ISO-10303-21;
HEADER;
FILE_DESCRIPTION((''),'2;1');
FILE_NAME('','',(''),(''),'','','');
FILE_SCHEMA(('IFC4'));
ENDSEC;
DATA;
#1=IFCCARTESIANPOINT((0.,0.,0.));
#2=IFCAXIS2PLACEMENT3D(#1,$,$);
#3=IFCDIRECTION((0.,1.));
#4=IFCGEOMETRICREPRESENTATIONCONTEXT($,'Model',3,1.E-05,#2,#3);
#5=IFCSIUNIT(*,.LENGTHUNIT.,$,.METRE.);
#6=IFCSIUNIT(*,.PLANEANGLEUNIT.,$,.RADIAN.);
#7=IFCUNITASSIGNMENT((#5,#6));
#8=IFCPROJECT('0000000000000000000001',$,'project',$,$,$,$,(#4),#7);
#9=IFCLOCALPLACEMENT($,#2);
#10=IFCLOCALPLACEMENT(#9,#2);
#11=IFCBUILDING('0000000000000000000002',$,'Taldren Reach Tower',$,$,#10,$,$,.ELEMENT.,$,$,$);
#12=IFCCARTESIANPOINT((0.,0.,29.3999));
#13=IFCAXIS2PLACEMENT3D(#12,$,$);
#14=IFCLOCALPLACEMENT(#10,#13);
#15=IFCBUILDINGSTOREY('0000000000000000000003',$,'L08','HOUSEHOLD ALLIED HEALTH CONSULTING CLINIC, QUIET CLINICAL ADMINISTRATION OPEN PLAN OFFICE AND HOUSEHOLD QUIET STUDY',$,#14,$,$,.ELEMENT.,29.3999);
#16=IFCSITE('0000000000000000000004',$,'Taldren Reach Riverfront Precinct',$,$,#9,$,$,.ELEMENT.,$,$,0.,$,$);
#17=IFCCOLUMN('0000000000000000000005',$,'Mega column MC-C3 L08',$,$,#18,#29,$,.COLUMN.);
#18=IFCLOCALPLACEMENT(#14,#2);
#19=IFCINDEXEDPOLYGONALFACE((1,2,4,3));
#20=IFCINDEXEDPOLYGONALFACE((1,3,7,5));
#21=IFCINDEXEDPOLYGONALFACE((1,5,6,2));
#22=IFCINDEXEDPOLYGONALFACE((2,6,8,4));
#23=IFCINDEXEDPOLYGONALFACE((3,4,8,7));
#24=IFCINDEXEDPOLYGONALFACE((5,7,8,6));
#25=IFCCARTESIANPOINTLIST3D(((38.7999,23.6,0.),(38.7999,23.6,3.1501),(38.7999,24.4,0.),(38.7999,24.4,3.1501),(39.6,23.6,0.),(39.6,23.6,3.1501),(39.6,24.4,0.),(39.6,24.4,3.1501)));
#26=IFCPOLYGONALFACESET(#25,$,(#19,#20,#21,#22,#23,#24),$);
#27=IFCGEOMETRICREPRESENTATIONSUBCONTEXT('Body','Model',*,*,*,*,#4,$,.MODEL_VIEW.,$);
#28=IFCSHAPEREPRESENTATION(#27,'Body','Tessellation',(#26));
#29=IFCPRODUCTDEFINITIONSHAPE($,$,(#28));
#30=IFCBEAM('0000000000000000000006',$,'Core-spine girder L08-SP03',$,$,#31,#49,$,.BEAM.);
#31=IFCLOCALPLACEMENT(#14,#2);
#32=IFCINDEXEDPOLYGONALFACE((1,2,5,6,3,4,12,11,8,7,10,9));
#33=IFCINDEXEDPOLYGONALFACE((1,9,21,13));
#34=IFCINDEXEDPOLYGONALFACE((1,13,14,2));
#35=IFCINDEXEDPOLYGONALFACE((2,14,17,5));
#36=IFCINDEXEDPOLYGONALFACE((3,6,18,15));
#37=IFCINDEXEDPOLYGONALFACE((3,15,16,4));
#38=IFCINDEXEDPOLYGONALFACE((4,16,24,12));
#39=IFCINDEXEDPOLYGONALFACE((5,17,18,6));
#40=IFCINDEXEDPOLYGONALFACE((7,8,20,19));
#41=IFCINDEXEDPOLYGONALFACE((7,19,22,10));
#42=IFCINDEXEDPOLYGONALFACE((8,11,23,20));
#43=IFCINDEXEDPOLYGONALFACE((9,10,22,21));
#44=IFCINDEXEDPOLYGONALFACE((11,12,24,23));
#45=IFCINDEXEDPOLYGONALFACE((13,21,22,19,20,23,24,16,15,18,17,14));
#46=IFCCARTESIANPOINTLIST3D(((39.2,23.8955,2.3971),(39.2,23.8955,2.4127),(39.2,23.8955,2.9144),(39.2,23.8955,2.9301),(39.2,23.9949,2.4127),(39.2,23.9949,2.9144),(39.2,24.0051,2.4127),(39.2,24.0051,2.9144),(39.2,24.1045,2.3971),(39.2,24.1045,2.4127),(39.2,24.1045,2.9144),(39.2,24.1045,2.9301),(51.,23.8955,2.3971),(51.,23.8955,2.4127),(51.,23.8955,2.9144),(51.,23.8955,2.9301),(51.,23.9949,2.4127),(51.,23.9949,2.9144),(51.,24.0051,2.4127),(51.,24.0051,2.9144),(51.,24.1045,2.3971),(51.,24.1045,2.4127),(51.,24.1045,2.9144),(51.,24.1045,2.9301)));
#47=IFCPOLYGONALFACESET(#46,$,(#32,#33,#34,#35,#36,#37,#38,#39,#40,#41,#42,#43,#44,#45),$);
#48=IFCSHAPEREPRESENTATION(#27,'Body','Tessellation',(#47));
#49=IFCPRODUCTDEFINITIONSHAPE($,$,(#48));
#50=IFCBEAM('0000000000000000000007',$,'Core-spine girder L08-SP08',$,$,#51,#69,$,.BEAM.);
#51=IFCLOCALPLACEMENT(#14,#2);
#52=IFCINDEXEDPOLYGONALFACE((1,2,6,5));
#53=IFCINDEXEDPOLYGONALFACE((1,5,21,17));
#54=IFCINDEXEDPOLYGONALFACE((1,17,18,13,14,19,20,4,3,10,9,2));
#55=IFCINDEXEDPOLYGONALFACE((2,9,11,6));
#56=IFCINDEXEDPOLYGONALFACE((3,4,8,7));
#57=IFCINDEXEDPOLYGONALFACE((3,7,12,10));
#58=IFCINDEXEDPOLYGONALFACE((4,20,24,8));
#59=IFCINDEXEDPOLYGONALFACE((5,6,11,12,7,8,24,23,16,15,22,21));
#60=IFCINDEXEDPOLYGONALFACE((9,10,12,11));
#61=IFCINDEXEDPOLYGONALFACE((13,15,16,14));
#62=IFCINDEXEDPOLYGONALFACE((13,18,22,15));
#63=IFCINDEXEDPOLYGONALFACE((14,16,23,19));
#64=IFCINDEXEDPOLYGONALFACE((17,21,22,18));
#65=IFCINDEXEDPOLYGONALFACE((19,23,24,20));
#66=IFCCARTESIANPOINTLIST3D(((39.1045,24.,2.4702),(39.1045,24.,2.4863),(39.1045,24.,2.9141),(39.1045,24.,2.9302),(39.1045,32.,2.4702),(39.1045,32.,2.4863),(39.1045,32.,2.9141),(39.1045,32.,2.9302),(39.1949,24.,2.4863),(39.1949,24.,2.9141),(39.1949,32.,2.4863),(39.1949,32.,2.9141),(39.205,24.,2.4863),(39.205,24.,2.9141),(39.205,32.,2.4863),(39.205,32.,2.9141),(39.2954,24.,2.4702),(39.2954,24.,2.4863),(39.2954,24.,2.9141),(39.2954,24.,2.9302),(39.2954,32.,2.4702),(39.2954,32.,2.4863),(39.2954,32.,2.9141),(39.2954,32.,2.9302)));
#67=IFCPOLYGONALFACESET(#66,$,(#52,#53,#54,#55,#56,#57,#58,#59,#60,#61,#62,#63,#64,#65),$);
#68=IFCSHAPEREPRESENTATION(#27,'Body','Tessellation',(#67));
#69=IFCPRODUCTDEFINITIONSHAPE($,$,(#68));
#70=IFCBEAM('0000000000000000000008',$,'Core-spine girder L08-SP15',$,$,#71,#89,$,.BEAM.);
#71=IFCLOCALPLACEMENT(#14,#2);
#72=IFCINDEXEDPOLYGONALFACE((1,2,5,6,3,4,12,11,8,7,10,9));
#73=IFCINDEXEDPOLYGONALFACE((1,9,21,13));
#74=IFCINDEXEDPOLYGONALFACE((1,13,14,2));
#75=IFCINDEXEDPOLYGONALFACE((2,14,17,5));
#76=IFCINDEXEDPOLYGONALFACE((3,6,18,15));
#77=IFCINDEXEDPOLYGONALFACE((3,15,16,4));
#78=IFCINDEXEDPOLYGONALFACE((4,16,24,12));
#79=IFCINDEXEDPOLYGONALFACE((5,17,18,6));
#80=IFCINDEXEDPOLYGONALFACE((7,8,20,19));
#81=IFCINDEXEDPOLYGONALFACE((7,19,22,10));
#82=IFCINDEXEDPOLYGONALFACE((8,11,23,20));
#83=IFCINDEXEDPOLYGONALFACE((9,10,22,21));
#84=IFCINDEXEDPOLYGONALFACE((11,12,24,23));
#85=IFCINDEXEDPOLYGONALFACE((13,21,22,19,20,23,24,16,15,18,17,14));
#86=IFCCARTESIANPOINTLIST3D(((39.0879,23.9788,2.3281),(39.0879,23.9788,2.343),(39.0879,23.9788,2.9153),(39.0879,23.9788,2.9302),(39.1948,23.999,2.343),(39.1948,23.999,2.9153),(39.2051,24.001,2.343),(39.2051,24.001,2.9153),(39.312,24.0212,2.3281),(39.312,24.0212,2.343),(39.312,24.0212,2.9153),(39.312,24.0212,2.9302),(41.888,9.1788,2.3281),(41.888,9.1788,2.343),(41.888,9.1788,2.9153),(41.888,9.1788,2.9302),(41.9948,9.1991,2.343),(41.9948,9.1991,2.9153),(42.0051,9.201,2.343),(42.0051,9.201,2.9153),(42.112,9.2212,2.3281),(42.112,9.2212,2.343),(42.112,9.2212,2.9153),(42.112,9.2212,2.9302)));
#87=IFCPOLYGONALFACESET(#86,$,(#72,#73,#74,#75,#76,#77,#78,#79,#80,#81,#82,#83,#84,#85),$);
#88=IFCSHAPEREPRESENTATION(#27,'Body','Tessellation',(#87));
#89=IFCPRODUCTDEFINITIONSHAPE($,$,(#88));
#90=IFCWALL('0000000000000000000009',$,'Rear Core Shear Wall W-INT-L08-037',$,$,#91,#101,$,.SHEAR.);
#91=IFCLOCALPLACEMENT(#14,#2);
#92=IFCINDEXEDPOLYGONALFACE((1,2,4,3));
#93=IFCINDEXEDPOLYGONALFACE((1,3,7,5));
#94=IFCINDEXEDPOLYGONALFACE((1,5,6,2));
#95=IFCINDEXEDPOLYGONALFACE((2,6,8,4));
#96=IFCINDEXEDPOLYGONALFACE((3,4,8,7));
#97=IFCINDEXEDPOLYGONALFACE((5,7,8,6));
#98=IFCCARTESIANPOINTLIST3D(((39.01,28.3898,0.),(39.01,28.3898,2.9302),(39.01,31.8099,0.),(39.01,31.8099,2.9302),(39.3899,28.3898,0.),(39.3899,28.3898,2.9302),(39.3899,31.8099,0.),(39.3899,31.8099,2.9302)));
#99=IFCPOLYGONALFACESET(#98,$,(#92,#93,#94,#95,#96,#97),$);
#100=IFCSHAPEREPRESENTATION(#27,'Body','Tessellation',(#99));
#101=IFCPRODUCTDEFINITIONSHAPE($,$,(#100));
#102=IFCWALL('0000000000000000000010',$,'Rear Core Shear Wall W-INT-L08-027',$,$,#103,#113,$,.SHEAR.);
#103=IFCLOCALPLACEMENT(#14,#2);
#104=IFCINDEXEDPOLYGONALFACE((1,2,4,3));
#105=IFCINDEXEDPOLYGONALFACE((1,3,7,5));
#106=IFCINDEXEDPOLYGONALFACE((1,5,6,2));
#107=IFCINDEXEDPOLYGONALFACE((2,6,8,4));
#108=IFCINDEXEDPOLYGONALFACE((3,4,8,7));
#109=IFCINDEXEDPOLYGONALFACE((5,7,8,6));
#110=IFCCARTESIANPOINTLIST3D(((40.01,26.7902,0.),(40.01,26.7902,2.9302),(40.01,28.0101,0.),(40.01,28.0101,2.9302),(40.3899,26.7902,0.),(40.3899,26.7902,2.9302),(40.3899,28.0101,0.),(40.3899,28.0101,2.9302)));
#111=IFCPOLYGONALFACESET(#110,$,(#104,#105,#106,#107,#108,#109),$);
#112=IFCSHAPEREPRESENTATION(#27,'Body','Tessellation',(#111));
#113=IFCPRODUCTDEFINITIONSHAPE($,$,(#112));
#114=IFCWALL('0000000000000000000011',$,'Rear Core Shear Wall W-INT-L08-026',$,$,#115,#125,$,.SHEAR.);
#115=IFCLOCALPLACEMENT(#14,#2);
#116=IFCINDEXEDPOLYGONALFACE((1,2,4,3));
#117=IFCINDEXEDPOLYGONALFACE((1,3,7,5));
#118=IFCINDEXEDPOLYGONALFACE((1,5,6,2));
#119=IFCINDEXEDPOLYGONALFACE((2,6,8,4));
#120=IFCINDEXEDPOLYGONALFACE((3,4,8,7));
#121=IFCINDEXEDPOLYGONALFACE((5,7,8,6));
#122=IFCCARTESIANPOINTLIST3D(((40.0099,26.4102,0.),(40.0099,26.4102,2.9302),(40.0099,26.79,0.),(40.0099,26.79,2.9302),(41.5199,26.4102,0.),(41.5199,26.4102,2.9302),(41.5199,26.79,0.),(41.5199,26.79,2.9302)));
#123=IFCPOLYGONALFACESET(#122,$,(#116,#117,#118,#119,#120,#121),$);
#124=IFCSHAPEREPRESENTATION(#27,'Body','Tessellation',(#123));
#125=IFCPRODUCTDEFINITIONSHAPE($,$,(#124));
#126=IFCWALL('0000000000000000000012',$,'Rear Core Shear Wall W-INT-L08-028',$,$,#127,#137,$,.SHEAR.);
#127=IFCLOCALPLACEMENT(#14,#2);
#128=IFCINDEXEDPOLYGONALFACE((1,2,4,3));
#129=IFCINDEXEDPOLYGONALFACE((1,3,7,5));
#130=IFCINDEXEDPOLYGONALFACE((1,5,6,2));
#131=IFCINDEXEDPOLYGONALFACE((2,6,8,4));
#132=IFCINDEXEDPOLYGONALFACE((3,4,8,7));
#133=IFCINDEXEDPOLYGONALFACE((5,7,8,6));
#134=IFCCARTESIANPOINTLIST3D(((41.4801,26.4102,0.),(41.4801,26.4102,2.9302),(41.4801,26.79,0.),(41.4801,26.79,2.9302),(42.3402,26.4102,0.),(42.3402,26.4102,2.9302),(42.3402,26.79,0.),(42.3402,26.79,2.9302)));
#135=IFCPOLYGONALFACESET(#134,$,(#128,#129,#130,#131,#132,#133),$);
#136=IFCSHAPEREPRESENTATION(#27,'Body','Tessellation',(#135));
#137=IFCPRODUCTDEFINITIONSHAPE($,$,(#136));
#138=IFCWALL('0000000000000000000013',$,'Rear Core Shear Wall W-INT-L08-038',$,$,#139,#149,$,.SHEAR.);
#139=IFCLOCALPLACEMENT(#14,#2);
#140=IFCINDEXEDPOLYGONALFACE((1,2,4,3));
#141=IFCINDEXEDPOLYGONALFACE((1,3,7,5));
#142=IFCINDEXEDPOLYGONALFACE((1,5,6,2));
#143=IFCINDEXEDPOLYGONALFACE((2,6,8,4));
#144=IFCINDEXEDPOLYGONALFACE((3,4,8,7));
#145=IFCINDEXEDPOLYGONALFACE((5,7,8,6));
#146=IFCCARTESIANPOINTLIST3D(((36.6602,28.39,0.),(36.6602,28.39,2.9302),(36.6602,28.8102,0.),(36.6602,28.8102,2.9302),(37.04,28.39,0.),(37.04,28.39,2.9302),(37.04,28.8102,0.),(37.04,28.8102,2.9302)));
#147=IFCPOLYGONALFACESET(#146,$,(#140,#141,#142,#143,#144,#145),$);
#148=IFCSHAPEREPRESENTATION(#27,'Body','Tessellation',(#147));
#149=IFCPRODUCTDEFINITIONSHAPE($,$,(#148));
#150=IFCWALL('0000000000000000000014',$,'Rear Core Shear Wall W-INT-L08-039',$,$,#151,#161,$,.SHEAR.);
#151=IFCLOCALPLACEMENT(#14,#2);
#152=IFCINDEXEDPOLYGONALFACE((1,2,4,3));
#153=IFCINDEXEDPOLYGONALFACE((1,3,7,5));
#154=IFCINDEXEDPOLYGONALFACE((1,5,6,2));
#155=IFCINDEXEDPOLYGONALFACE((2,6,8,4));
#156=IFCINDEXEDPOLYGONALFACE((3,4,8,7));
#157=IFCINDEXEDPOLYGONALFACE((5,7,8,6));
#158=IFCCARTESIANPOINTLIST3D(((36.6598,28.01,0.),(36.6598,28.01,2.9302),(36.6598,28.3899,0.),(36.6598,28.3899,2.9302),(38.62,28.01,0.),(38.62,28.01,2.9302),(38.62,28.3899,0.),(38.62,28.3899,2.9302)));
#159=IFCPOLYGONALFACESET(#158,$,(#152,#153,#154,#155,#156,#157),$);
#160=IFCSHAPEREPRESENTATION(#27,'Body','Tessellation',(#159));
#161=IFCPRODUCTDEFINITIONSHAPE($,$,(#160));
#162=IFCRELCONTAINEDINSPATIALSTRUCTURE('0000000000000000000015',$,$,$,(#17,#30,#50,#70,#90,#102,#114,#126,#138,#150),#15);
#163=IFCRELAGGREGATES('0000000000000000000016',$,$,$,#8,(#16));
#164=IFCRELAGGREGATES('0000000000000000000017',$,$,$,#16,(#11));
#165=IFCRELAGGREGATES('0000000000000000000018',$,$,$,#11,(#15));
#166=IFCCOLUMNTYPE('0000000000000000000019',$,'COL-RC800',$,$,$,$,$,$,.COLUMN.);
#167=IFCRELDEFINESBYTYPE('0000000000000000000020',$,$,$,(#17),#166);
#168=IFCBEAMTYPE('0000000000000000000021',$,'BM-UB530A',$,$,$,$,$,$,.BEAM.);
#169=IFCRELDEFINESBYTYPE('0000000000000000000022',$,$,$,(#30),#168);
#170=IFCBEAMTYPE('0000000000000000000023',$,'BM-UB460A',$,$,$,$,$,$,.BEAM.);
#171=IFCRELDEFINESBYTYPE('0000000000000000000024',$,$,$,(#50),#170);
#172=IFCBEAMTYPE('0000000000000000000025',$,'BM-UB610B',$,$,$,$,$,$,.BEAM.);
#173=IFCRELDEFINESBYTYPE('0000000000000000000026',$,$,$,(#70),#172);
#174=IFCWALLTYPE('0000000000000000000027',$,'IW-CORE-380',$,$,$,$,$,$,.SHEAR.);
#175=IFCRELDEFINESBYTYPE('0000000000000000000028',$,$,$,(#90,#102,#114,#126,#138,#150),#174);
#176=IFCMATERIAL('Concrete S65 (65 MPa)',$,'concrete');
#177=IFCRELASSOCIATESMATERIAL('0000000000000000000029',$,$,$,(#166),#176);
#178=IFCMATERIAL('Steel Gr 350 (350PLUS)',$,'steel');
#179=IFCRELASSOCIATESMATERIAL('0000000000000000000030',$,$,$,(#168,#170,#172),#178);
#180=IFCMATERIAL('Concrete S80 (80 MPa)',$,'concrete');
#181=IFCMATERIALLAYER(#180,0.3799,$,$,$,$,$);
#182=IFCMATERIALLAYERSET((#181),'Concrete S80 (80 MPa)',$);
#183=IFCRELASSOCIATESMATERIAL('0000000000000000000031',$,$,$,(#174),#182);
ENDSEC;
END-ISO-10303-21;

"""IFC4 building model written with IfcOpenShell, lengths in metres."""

from ifc_helpers import new_model, si_unit, direction, frame, frame_2d, origin, origin_2d, place, context, subcontext, project, spatial, rectangle, i_section, extrude, source, transform, mapped, material, layer, layer_set, material_profile, profile_set, type_object, element, save


model = new_model("IFC4")

# Units and contexts
model_context = context("Model", 3, precision=1e-05, world=origin(), true_north=direction((0.0, 1.0)))
body_context = subcontext(model_context, "Body", "Model", "MODEL_VIEW")
ifc_project = project(units=[si_unit("LENGTHUNIT", "METRE"), si_unit("PLANEANGLEUNIT", "RADIAN")], contexts=[model_context])

# Site, building, storey
site_placement = place(None, origin())
site = spatial("IfcSite", under=ifc_project, at=site_placement, Name="Taldren Reach Riverfront Precinct", CompositionType="ELEMENT", RefElevation=0.0)
building_placement = place(site_placement, origin())
building = spatial("IfcBuilding", under=site, at=building_placement, Name="Taldren Reach Tower", CompositionType="ELEMENT")
storey_placement = place(building_placement, frame((0.0, 0.0, 29.3999)))
storey = spatial("IfcBuildingStorey", under=building, at=storey_placement, Name="L08", Description="HOUSEHOLD ALLIED HEALTH CONSULTING CLINIC, QUIET CLINICAL ADMINISTRATION OPEN PLAN OFFICE AND HOUSEHOLD QUIET STUDY", CompositionType="ELEMENT", Elevation=29.3999)

# Column
ifc_material_1 = material(Name="Concrete S65 (65 MPa)", Category="concrete")
ifc_material_profile_1 = material_profile(ifc_material_1, rectangle(XDim=0.8, YDim=0.8, at=origin_2d()), Name="RC-800x800")
ifc_profile_set_1 = profile_set([ifc_material_profile_1], Name="Concrete S65 (65 MPa)")
column_type = type_object("IfcColumnType", Name="COL-RC800", PredefinedType="COLUMN", material=ifc_profile_set_1)
shared_shape_1 = source(origin(), body_context, "Body", "SweptSolid", [
    extrude(rectangle(XDim=0.8, YDim=0.8, at=origin_2d()), origin(), (0.0, 0.0, 1.0), 3.1501),
])
column_placement = place(storey_placement, frame((39.2, 24.0, 0.0), z_axis=(0.0, 0.0, 1.0), x_axis=(1.0, 0.0, 0.0)))
element("IfcColumn", 1, at=column_placement, inside=storey, type_object=column_type, Name="Mega column MC-C3 L08", PredefinedType="COLUMN", context=body_context, shape_type="MappedRepresentation", body=[
    mapped(shared_shape_1, transform((0.0, 0.0, 0.0), scale=1.0)),
])

# Beams
ifc_material_2 = material(Name="Steel Gr 350 (350PLUS)", Category="steel")
ifc_material_profile_2 = material_profile(ifc_material_2, i_section(OverallWidth=0.209, OverallDepth=0.533, WebThickness=0.0103, FlangeThickness=0.0156, at=origin_2d()), Name="530UB92.4")
ifc_profile_set_2 = profile_set([ifc_material_profile_2], Name="Steel Gr 350 (350PLUS)")
beam_type_1 = type_object("IfcBeamType", Name="BM-UB530A", PredefinedType="BEAM", material=ifc_profile_set_2)
shared_shape_2 = source(origin(), body_context, "Body", "SweptSolid", [
    extrude(i_section(OverallWidth=0.209, OverallDepth=0.533, WebThickness=0.0103, FlangeThickness=0.0156, at=origin_2d()), origin(), (0.0, 0.0, 1.0), 11.8),
])
beam_1_placement = place(storey_placement, frame((39.2, 24.0, 2.6636), z_axis=(1.0, 0.0, 0.0), x_axis=(0.0, 1.0, 0.0)))
element("IfcBeam", 2, at=beam_1_placement, inside=storey, type_object=beam_type_1, Name="Core-spine girder L08-SP03", PredefinedType="BEAM", context=body_context, shape_type="MappedRepresentation", body=[
    mapped(shared_shape_2, transform((0.0, 0.0, 0.0), scale=1.0)),
])
ifc_material_profile_3 = material_profile(ifc_material_2, i_section(OverallWidth=0.1909, OverallDepth=0.46, WebThickness=0.01, FlangeThickness=0.0161, at=origin_2d()), Name="460UB82.1")
ifc_profile_set_3 = profile_set([ifc_material_profile_3], Name="Steel Gr 350 (350PLUS)")
beam_type_2 = type_object("IfcBeamType", Name="BM-UB460A", PredefinedType="BEAM", material=ifc_profile_set_3)
shared_shape_3 = source(origin(), body_context, "Body", "SweptSolid", [
    extrude(i_section(OverallWidth=0.1909, OverallDepth=0.46, WebThickness=0.01, FlangeThickness=0.0161, at=origin_2d()), origin(), (0.0, 0.0, 1.0), 8.0),
])
beam_2_placement = place(storey_placement, frame((39.2, 24.0, 2.7002), z_axis=(0.0, 1.0, 0.0), x_axis=(-1.0, 0.0, 0.0)))
element("IfcBeam", 3, at=beam_2_placement, inside=storey, type_object=beam_type_2, Name="Core-spine girder L08-SP08", PredefinedType="BEAM", context=body_context, shape_type="MappedRepresentation", body=[
    mapped(shared_shape_3, transform((0.0, 0.0, 0.0), scale=1.0)),
])
ifc_material_profile_4 = material_profile(ifc_material_2, i_section(OverallWidth=0.228, OverallDepth=0.6021, WebThickness=0.0105, FlangeThickness=0.0149, at=origin_2d()), Name="610UB101")
ifc_profile_set_4 = profile_set([ifc_material_profile_4], Name="Steel Gr 350 (350PLUS)")
beam_type_3 = type_object("IfcBeamType", Name="BM-UB610B", PredefinedType="BEAM", material=ifc_profile_set_4)
shared_shape_4 = source(origin(), body_context, "Body", "SweptSolid", [
    extrude(i_section(OverallWidth=0.228, OverallDepth=0.6021, WebThickness=0.0105, FlangeThickness=0.0149, at=origin_2d()), origin(), (0.0, 0.0, 1.0), 15.0625),
])
beam_3_placement = place(storey_placement, frame((39.2, 24.0, 2.6292), z_axis=(0.185894, -0.98257, 0.0), x_axis=(0.98257, 0.185894, 0.0)))
element("IfcBeam", 4, at=beam_3_placement, inside=storey, type_object=beam_type_3, Name="Core-spine girder L08-SP15", PredefinedType="BEAM", context=body_context, shape_type="MappedRepresentation", body=[
    mapped(shared_shape_4, transform((0.0, 0.0, 0.0), scale=1.0)),
])

# Walls
ifc_material_3 = material(Name="Concrete S80 (80 MPa)", Category="concrete")
ifc_layer_1 = layer(ifc_material_3, 0.3799)
ifc_layer_set_1 = layer_set([ifc_layer_1], Name="Concrete S80 (80 MPa)")
wall_type_1 = type_object("IfcWallType", Name="IW-CORE-380", PredefinedType="SHEAR", material=ifc_layer_set_1)
shared_shape_5 = source(origin(), body_context, "Body", "SweptSolid", [
    extrude(rectangle(XDim=3.4202, YDim=0.3799, at=frame_2d((1.71, 0.0))), origin(), (0.0, 0.0, 1.0), 2.9302),
])
wall_1_placement = place(storey_placement, frame((39.2, 28.3899, 0.0), z_axis=(0.0, 0.0, 1.0), x_axis=(0.0, 1.0, 0.0)))
element("IfcWall", 5, at=wall_1_placement, inside=storey, type_object=wall_type_1, Name="Rear Core Shear Wall W-INT-L08-037", PredefinedType="SHEAR", context=body_context, shape_type="MappedRepresentation", body=[
    mapped(shared_shape_5, transform((0.0, 0.0, 0.0), scale=1.0)),
])
shared_shape_6 = source(origin(), body_context, "Body", "SweptSolid", [
    extrude(rectangle(XDim=1.22, YDim=0.3799, at=frame_2d((0.6099, 0.0))), origin(), (0.0, 0.0, 1.0), 2.9302),
])
wall_2_placement = place(storey_placement, frame((40.2, 28.01, 0.0), z_axis=(0.0, 0.0, 1.0), x_axis=(0.0, -1.0, 0.0)))
element("IfcWall", 6, at=wall_2_placement, inside=storey, type_object=wall_type_1, Name="Rear Core Shear Wall W-INT-L08-027", PredefinedType="SHEAR", context=body_context, shape_type="MappedRepresentation", body=[
    mapped(shared_shape_6, transform((0.0, 0.0, 0.0), scale=1.0)),
])
shared_shape_7 = source(origin(), body_context, "Body", "SweptSolid", [
    extrude(rectangle(XDim=1.51, YDim=0.3799, at=frame_2d((0.7549, 0.0))), origin(), (0.0, 0.0, 1.0), 2.9302),
])
wall_3_placement = place(storey_placement, frame((40.01, 26.6001, 0.0), z_axis=(0.0, 0.0, 1.0), x_axis=(1.0, 0.0, 0.0)))
element("IfcWall", 7, at=wall_3_placement, inside=storey, type_object=wall_type_1, Name="Rear Core Shear Wall W-INT-L08-026", PredefinedType="SHEAR", context=body_context, shape_type="MappedRepresentation", body=[
    mapped(shared_shape_7, transform((0.0, 0.0, 0.0), scale=1.0)),
])
shared_shape_8 = source(origin(), body_context, "Body", "SweptSolid", [
    extrude(rectangle(XDim=0.8601, YDim=0.3799, at=frame_2d((0.4302, 0.0))), origin(), (0.0, 0.0, 1.0), 2.9302),
])
wall_4_placement = place(storey_placement, frame((41.48, 26.6001, 0.0), z_axis=(0.0, 0.0, 1.0), x_axis=(1.0, 0.0, 0.0)))
element("IfcWall", 8, at=wall_4_placement, inside=storey, type_object=wall_type_1, Name="Rear Core Shear Wall W-INT-L08-028", PredefinedType="SHEAR", context=body_context, shape_type="MappedRepresentation", body=[
    mapped(shared_shape_8, transform((0.0, 0.0, 0.0), scale=1.0)),
])
shared_shape_9 = source(origin(), body_context, "Body", "SweptSolid", [
    extrude(rectangle(XDim=0.4202, YDim=0.3799, at=frame_2d((0.21, 0.0))), origin(), (0.0, 0.0, 1.0), 2.9302),
])
wall_5_placement = place(storey_placement, frame((36.8501, 28.8101, 0.0), z_axis=(0.0, 0.0, 1.0), x_axis=(0.0, -1.0, 0.0)))
element("IfcWall", 9, at=wall_5_placement, inside=storey, type_object=wall_type_1, Name="Rear Core Shear Wall W-INT-L08-038", PredefinedType="SHEAR", context=body_context, shape_type="MappedRepresentation", body=[
    mapped(shared_shape_9, transform((0.0, 0.0, 0.0), scale=1.0)),
])
shared_shape_10 = source(origin(), body_context, "Body", "SweptSolid", [
    extrude(rectangle(XDim=1.9602, YDim=0.3799, at=frame_2d((0.98, 0.0))), origin(), (0.0, 0.0, 1.0), 2.9302),
])
wall_6_placement = place(storey_placement, frame((36.6599, 28.2, 0.0), z_axis=(0.0, 0.0, 1.0), x_axis=(1.0, 0.0, 0.0)))
element("IfcWall", 10, at=wall_6_placement, inside=storey, type_object=wall_type_1, Name="Rear Core Shear Wall W-INT-L08-039", PredefinedType="SHEAR", context=body_context, shape_type="MappedRepresentation", body=[
    mapped(shared_shape_10, transform((0.0, 0.0, 0.0), scale=1.0)),
])

save(model, "model.ifc")
